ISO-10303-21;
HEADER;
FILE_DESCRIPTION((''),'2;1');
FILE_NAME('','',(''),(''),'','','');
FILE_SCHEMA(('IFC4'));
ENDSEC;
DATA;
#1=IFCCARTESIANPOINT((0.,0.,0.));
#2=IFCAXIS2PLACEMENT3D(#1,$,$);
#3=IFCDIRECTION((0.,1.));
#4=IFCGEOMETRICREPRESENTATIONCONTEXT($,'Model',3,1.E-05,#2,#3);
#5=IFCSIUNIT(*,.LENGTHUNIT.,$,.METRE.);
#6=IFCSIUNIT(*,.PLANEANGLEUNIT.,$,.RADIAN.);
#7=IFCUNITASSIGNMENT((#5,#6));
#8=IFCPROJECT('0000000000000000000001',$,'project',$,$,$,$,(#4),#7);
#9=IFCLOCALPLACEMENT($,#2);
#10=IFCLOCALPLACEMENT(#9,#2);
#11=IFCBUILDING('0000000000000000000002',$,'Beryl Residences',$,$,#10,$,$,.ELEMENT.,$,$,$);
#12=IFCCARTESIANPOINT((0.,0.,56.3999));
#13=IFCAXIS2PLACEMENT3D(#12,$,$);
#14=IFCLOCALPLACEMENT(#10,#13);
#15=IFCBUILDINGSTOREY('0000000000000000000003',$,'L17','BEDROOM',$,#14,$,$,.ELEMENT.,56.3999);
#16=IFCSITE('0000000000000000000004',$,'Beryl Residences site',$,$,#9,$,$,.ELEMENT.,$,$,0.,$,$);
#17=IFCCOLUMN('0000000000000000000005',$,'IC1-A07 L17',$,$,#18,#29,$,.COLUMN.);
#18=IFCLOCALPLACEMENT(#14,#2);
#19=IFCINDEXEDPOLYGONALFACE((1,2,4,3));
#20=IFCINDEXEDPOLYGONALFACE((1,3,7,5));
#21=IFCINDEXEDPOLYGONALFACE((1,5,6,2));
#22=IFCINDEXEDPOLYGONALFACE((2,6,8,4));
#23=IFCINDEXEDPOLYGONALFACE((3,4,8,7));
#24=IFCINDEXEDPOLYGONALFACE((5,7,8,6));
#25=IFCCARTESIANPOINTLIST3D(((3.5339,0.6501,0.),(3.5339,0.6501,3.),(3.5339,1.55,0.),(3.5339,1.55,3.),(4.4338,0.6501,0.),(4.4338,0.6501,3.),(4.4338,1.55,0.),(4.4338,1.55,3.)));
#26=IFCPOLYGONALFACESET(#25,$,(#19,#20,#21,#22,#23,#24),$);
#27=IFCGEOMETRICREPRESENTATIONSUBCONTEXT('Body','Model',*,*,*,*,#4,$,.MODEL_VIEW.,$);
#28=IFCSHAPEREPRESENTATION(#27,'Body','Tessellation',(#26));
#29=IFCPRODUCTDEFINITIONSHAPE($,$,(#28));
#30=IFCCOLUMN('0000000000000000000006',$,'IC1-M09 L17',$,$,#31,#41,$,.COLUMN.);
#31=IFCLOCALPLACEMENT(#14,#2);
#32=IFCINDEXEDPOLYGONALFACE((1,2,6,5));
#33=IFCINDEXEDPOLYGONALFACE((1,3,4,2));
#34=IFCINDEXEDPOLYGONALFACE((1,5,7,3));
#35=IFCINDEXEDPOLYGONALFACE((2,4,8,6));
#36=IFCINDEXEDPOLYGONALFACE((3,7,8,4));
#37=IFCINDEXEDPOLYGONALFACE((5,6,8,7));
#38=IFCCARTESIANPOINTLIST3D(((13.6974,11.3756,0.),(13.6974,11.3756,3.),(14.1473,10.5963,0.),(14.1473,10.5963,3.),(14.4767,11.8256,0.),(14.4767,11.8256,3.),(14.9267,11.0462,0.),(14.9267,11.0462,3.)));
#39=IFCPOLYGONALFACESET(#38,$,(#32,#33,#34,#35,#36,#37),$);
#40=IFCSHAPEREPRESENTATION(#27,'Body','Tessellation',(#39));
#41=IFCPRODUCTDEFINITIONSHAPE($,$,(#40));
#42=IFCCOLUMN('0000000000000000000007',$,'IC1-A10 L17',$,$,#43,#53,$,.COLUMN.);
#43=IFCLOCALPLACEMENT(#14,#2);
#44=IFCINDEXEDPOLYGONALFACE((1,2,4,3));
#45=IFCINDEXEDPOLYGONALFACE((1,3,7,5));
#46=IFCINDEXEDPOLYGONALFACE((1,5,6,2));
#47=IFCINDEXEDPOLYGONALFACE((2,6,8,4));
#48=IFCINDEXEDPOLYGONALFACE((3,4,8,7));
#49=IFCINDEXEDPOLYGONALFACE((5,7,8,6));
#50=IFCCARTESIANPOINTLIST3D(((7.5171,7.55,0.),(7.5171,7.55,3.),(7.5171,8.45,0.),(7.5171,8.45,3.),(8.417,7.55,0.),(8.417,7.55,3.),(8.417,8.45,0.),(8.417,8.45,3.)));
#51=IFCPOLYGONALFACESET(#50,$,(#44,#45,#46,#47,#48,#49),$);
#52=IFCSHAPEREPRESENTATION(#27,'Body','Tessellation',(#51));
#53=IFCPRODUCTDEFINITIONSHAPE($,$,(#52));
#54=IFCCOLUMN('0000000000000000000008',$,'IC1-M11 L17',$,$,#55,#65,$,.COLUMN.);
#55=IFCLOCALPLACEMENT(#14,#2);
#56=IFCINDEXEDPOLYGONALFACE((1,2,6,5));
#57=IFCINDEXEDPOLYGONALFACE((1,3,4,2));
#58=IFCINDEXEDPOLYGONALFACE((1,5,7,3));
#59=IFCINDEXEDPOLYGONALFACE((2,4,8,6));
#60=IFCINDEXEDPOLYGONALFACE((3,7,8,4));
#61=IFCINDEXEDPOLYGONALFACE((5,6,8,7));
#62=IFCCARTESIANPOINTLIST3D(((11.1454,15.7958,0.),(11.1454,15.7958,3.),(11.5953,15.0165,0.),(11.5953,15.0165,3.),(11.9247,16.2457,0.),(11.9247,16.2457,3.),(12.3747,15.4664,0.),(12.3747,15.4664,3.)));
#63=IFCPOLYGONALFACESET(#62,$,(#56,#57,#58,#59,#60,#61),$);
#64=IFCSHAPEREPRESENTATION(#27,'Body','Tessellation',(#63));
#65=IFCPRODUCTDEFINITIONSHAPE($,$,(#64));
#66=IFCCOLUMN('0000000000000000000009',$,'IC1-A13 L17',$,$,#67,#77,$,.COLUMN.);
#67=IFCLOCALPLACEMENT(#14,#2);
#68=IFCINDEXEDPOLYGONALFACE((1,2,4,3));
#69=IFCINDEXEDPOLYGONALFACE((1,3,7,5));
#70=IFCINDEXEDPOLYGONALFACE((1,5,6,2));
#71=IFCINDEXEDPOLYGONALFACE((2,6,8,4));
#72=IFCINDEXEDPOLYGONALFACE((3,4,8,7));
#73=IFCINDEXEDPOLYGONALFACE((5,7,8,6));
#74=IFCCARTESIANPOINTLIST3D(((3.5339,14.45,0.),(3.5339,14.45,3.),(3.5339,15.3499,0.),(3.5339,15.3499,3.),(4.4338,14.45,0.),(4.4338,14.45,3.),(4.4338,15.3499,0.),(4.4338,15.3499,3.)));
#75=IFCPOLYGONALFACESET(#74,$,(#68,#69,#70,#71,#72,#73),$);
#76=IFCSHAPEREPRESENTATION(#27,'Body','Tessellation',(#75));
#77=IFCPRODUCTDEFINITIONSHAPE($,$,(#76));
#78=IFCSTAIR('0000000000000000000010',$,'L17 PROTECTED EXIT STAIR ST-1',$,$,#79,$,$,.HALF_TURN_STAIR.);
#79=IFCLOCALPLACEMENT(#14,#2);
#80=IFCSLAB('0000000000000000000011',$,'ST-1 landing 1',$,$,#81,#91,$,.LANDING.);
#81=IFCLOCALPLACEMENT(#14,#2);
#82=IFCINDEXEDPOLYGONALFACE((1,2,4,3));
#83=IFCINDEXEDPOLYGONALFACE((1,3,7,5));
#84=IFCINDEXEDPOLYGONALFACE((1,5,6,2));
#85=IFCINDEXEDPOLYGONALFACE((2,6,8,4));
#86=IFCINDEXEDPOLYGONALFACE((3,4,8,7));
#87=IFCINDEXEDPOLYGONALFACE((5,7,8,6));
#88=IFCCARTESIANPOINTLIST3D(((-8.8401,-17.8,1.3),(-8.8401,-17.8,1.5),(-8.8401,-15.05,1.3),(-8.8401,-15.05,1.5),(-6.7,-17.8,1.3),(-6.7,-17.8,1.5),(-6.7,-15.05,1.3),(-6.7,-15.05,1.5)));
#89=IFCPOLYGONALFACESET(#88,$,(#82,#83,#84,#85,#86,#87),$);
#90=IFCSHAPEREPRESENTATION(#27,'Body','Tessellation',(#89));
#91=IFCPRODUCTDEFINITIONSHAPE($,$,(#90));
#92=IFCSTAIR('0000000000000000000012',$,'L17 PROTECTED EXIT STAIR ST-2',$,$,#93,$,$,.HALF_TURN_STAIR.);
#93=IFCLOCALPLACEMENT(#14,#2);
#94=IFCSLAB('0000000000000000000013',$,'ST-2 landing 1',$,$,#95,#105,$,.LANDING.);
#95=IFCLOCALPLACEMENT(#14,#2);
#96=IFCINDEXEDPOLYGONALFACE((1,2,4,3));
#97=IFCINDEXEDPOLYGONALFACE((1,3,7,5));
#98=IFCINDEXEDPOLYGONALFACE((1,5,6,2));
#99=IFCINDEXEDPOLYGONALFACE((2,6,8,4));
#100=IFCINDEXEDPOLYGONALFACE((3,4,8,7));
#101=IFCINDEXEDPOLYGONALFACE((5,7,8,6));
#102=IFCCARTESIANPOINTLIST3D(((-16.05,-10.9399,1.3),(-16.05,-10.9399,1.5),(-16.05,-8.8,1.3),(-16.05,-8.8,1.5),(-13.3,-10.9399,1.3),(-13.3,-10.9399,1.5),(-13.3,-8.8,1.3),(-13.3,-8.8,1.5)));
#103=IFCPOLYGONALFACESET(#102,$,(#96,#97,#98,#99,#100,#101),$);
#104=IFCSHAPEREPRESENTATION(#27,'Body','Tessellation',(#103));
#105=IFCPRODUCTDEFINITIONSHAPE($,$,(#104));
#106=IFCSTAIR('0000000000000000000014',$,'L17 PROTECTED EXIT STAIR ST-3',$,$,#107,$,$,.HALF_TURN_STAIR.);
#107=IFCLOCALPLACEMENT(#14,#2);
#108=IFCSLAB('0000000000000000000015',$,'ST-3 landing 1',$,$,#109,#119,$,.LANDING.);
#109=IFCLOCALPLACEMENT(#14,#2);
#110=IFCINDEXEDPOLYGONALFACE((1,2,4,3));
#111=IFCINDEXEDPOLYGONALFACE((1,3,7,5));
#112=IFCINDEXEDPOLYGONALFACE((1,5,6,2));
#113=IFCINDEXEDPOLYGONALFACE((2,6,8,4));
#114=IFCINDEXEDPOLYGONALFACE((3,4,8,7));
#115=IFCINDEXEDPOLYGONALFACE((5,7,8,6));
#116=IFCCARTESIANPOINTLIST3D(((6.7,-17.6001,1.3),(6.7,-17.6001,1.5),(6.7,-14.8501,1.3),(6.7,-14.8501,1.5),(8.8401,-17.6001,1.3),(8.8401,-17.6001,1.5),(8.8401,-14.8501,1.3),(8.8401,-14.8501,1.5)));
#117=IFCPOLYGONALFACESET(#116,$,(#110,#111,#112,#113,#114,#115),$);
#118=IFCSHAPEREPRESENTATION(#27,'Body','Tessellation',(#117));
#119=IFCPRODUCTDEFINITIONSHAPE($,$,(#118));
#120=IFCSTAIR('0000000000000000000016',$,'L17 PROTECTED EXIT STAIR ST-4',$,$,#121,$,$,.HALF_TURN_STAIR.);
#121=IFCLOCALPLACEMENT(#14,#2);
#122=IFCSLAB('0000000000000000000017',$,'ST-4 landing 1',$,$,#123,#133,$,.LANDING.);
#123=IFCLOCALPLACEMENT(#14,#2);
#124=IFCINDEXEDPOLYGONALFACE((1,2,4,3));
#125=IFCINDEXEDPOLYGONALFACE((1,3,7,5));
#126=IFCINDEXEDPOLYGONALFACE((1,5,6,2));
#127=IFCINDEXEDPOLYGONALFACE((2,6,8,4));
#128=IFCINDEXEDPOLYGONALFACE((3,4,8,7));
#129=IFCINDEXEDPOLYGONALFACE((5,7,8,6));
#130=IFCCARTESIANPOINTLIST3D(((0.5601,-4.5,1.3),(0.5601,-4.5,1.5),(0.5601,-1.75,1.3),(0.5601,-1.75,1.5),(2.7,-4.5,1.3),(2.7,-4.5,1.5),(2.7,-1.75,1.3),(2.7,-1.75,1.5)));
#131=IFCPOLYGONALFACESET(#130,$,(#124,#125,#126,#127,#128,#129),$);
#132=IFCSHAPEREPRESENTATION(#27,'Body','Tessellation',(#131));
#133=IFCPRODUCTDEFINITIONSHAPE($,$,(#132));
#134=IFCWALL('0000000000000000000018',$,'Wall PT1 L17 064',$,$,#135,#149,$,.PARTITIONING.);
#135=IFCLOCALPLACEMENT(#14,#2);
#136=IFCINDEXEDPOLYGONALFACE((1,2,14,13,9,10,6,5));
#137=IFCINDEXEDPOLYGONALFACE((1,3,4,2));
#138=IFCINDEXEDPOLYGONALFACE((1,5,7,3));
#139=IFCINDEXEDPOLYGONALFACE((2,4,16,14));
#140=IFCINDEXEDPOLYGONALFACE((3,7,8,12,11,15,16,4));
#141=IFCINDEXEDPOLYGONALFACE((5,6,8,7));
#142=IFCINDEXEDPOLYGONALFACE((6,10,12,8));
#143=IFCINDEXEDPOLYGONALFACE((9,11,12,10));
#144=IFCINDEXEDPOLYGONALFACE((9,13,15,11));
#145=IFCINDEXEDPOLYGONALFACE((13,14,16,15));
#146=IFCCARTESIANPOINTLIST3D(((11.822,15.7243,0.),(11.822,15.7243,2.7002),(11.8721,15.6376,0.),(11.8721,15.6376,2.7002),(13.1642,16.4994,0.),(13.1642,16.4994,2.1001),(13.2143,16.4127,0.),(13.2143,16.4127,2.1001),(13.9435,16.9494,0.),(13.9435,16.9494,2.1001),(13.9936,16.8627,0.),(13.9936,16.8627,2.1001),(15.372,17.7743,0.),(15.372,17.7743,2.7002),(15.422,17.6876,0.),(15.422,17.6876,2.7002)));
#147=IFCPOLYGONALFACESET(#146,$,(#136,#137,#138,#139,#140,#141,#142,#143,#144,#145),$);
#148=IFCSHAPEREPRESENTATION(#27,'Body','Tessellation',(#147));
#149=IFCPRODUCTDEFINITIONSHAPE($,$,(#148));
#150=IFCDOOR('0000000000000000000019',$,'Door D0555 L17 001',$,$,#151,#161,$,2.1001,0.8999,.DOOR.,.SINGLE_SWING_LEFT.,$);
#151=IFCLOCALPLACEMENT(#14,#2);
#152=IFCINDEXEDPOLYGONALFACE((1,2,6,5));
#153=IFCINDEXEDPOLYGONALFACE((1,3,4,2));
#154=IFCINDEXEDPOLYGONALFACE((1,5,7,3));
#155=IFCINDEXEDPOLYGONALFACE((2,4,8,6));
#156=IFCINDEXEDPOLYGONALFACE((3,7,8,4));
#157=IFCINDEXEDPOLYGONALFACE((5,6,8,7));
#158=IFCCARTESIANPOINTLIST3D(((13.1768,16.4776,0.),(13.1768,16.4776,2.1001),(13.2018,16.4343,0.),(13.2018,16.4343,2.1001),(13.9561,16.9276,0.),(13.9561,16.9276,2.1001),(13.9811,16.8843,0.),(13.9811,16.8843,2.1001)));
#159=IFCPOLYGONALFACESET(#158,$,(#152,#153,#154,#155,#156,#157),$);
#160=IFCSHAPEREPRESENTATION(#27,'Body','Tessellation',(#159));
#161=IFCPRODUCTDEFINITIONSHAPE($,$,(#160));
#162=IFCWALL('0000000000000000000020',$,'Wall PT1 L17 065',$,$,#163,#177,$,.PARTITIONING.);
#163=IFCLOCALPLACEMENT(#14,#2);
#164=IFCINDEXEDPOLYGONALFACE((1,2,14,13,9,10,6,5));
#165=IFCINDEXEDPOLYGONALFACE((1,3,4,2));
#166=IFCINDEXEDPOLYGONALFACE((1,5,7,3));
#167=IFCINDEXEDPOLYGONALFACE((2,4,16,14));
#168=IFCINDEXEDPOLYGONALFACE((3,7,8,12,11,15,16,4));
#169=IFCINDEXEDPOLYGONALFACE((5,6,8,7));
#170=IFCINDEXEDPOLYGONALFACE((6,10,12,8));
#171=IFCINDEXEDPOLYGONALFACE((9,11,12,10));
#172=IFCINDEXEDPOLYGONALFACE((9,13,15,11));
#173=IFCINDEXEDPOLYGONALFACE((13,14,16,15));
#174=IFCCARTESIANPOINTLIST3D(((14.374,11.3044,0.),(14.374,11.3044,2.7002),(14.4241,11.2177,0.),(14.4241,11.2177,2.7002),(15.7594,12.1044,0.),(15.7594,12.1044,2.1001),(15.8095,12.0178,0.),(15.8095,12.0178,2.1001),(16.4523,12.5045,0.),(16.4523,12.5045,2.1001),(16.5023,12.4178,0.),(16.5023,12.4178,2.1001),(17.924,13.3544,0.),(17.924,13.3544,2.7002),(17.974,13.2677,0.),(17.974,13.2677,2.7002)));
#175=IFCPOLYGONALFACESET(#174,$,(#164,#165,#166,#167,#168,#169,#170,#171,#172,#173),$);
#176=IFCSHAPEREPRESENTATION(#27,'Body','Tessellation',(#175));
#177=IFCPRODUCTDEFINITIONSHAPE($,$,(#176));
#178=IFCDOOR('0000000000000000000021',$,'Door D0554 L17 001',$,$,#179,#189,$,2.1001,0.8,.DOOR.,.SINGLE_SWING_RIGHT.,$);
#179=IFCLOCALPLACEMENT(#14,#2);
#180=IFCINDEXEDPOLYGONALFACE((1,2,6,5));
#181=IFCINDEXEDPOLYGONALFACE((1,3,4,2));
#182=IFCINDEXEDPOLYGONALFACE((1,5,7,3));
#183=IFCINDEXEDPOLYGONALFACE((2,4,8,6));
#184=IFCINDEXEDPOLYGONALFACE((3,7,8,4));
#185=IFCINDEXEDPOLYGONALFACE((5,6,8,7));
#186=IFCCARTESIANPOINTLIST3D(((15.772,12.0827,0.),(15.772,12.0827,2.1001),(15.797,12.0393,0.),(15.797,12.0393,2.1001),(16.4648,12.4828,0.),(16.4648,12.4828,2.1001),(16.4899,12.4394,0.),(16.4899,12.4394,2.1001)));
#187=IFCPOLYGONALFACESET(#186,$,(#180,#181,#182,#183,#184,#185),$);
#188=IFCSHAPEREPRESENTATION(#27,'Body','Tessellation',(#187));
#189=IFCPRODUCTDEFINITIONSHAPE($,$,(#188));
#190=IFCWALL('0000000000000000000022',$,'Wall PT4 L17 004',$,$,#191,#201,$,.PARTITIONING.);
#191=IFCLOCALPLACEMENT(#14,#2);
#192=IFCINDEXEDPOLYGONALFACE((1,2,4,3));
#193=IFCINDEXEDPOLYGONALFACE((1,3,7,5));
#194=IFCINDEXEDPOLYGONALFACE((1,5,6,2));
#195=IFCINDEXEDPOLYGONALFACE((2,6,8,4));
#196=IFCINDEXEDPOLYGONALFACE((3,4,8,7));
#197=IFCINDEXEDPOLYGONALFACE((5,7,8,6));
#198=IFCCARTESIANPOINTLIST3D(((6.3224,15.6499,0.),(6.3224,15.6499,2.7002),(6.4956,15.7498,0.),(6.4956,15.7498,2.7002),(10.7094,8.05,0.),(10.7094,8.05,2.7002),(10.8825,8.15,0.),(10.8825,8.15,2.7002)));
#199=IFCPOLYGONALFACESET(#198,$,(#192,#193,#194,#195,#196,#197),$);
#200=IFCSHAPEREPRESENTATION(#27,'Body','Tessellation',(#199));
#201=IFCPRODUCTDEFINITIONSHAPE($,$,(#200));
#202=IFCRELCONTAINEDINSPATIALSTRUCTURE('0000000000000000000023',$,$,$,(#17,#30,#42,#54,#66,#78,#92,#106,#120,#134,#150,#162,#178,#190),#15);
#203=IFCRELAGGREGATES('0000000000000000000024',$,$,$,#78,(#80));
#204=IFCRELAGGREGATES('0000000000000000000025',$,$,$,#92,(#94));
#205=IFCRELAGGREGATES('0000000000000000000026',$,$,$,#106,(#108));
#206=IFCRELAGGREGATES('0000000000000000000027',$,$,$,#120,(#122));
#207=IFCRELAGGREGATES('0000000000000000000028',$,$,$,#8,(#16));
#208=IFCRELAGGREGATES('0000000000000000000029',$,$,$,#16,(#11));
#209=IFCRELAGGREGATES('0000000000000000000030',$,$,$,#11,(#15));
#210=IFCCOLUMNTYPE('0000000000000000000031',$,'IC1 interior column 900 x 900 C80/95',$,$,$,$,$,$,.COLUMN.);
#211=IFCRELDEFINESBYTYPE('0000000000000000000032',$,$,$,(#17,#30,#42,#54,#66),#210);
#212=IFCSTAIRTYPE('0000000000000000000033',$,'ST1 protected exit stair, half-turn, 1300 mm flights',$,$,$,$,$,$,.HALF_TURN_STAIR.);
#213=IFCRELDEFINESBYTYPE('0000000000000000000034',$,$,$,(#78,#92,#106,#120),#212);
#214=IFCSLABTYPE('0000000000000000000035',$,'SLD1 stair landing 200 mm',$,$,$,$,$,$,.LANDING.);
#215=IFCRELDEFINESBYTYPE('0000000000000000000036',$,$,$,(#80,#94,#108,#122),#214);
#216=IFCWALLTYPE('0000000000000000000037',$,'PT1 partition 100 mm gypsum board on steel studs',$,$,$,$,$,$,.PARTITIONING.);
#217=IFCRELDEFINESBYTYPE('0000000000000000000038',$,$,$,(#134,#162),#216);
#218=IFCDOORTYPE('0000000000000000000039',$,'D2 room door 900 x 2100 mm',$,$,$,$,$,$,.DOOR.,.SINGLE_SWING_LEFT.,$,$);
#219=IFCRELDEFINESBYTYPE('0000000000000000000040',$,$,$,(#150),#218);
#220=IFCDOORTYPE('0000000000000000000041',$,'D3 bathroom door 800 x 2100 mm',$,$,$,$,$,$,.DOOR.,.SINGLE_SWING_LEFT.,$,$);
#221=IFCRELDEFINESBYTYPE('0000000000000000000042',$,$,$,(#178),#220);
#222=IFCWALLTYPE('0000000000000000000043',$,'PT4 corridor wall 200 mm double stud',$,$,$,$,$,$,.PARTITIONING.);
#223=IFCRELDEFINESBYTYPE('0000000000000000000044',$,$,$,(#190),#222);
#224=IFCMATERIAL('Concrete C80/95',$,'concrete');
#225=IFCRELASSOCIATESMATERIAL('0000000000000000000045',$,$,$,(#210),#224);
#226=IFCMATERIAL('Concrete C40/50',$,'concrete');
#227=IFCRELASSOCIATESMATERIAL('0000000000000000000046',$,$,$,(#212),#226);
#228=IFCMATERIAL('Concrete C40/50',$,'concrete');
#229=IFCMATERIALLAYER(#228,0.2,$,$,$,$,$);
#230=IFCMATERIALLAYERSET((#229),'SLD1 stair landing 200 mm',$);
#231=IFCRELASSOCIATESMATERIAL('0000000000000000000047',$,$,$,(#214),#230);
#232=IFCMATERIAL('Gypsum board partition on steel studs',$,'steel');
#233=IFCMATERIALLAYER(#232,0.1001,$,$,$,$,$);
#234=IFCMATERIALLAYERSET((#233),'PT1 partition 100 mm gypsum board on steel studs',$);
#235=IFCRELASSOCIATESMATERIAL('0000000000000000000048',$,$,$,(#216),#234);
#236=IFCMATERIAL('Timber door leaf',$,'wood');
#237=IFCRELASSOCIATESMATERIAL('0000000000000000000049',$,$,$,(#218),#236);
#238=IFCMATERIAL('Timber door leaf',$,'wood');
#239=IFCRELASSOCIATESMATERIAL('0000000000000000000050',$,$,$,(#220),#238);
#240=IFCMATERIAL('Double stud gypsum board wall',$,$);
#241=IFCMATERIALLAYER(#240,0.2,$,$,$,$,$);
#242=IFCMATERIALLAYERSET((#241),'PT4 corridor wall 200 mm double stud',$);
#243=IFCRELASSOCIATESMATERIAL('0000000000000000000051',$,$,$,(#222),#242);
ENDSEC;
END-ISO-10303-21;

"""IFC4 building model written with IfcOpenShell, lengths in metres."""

from ifc_helpers import new_model, si_unit, direction, frame, frame_2d, origin, origin_2d, place, context, subcontext, project, spatial, polyline, rectangle, outline, extrude, material, layer, layer_set, material_profile, profile_set, type_object, element, fill, aggregate, save


model = new_model("IFC4")

# Units and contexts
model_context = context("Model", 3, precision=1e-05, world=origin(), true_north=direction((0.0, 1.0)))
body_context = subcontext(model_context, "Body", "Model", "MODEL_VIEW")
ifc_project = project(units=[si_unit("LENGTHUNIT", "METRE"), si_unit("PLANEANGLEUNIT", "RADIAN")], contexts=[model_context])

# Site, building, storey
site_placement = place(None, origin())
site = spatial("IfcSite", under=ifc_project, at=site_placement, Name="Beryl Residences site", CompositionType="ELEMENT", RefElevation=0.0)
building_placement = place(site_placement, origin())
building = spatial("IfcBuilding", under=site, at=building_placement, Name="Beryl Residences", CompositionType="ELEMENT")
storey_placement = place(building_placement, frame((0.0, 0.0, 56.3999)))
storey = spatial("IfcBuildingStorey", under=building, at=storey_placement, Name="L17", Description="BEDROOM", CompositionType="ELEMENT", Elevation=56.3999)

# Columns
ifc_material_1 = material(Name="Concrete C80/95", Category="concrete")
ifc_material_profile = material_profile(ifc_material_1, rectangle(XDim=0.8999, YDim=0.8999, at=origin_2d()))
ifc_profile_set = profile_set([ifc_material_profile], Name="Concrete C80/95")
column_type = type_object("IfcColumnType", Name="IC1 interior column 900 x 900 C80/95", PredefinedType="COLUMN", material=ifc_profile_set)
for number, where, z_axis, x_axis, name in (
    (1, (3.9839, 1.1001, 0.0), (0.0, 0.0, 1.0), (1.0, 0.0, 0.0), "IC1-A07 L17"),
    (2, (14.312, 11.2109, 0.0), (0.0, 0.0, 1.0), (-0.499985, 0.866034, 0.0), "IC1-M09 L17"),
    (3, (7.967, 8.0, 0.0), (0.0, 0.0, 1.0), (1.0, 0.0, 0.0), "IC1-A10 L17"),
    (4, (11.76, 15.6311, 0.0), (0.0, 0.0, 1.0), (-0.499985, 0.866034, 0.0), "IC1-M11 L17"),
    (5, (3.9839, 14.8999, 0.0), (0.0, 0.0, 1.0), (1.0, 0.0, 0.0), "IC1-A13 L17"),
):
    element("IfcColumn", number, at=place(storey_placement, frame(where, z_axis=z_axis, x_axis=x_axis)), inside=storey, type_object=column_type, Name=name, PredefinedType="COLUMN", context=body_context, shape_type="SweptSolid", body=[
        extrude(rectangle(XDim=0.8999, YDim=0.8999, at=origin_2d()), origin(), (0.0, 0.0, 1.0), 3.0),
    ])

# Stairs, slabs
ifc_material_2 = material(Name="Concrete C40/50", Category="concrete")
stair_type = type_object("IfcStairType", Name="ST1 protected exit stair, half-turn, 1300 mm flights", PredefinedType="HALF_TURN_STAIR", material=ifc_material_2)
stair_1_placement = place(storey_placement, origin())
stair_1 = element("IfcStair", 6, at=stair_1_placement, inside=storey, type_object=stair_type, Name="L17 PROTECTED EXIT STAIR ST-1", PredefinedType="HALF_TURN_STAIR")
ifc_material_3 = material(Name="Concrete C40/50", Category="concrete")
ifc_layer_1 = layer(ifc_material_3, 0.2)
ifc_layer_set_1 = layer_set([ifc_layer_1], Name="SLD1 stair landing 200 mm")
slab_type_1 = type_object("IfcSlabType", Name="SLD1 stair landing 200 mm", PredefinedType="LANDING", material=ifc_layer_set_1)
slab_1_placement = place(storey_placement, frame((0.0, 0.0, 1.3)))
slab_1 = element("IfcSlab", 7, at=slab_1_placement, type_object=slab_type_1, Name="ST-1 landing 1", PredefinedType="LANDING", context=body_context, shape_type="SweptSolid", body=[
    extrude(outline(polyline([(-8.8401, -17.8), (-6.7, -17.8), (-6.7, -15.05), (-8.8401, -15.05), (-8.8401, -17.8)])), origin(), (0.0, 0.0, 1.0), 0.2),
])
aggregate(stair_1, [slab_1])
stair_2_placement = place(storey_placement, origin())
stair_2 = element("IfcStair", 8, at=stair_2_placement, inside=storey, type_object=stair_type, Name="L17 PROTECTED EXIT STAIR ST-2", PredefinedType="HALF_TURN_STAIR")
slab_2_placement = place(storey_placement, frame((0.0, 0.0, 1.3)))
slab_2 = element("IfcSlab", 9, at=slab_2_placement, type_object=slab_type_1, Name="ST-2 landing 1", PredefinedType="LANDING", context=body_context, shape_type="SweptSolid", body=[
    extrude(outline(polyline([(-13.3, -10.9399), (-13.3, -8.8), (-16.05, -8.8), (-16.05, -10.9399), (-13.3, -10.9399)])), origin(), (0.0, 0.0, 1.0), 0.2),
])
aggregate(stair_2, [slab_2])
stair_3_placement = place(storey_placement, origin())
stair_3 = element("IfcStair", 10, at=stair_3_placement, inside=storey, type_object=stair_type, Name="L17 PROTECTED EXIT STAIR ST-3", PredefinedType="HALF_TURN_STAIR")
slab_3_placement = place(storey_placement, frame((0.0, 0.0, 1.3)))
slab_3 = element("IfcSlab", 11, at=slab_3_placement, type_object=slab_type_1, Name="ST-3 landing 1", PredefinedType="LANDING", context=body_context, shape_type="SweptSolid", body=[
    extrude(outline(polyline([(8.8401, -14.8501), (6.7, -14.8501), (6.7, -17.6001), (8.8401, -17.6001), (8.8401, -14.8501)])), origin(), (0.0, 0.0, 1.0), 0.2),
])
aggregate(stair_3, [slab_3])
stair_4_placement = place(storey_placement, origin())
stair_4 = element("IfcStair", 12, at=stair_4_placement, inside=storey, type_object=stair_type, Name="L17 PROTECTED EXIT STAIR ST-4", PredefinedType="HALF_TURN_STAIR")
slab_4_placement = place(storey_placement, frame((0.0, 0.0, 1.3)))
slab_4 = element("IfcSlab", 13, at=slab_4_placement, type_object=slab_type_1, Name="ST-4 landing 1", PredefinedType="LANDING", context=body_context, shape_type="SweptSolid", body=[
    extrude(outline(polyline([(0.5601, -4.5), (2.7, -4.5), (2.7, -1.75), (0.5601, -1.75), (0.5601, -4.5)])), origin(), (0.0, 0.0, 1.0), 0.2),
])
aggregate(stair_4, [slab_4])

# Walls, openings, doors
ifc_material_4 = material(Name="Gypsum board partition on steel studs", Category="steel")
ifc_layer_2 = layer(ifc_material_4, 0.1001)
ifc_layer_set_2 = layer_set([ifc_layer_2], Name="PT1 partition 100 mm gypsum board on steel studs")
wall_type_1 = type_object("IfcWallType", Name="PT1 partition 100 mm gypsum board on steel studs", PredefinedType="PARTITIONING", material=ifc_layer_set_2)
wall_1_placement = place(storey_placement, frame((11.8469, 15.6809, 0.0), z_axis=(0.0, 0.0, 1.0), x_axis=(0.86598, 0.500078, 0.0)))
wall_1 = element("IfcWall", 14, at=wall_1_placement, inside=storey, type_object=wall_type_1, Name="Wall PT1 L17 064", PredefinedType="PARTITIONING", context=body_context, shape_type="SweptSolid", body=[
    extrude(rectangle(XDim=4.0994, YDim=0.1001, at=frame_2d((2.0498, 0.0))), origin(), (0.0, 0.0, 1.0), 2.7002),
])
opening_1_placement = place(wall_1_placement, frame((1.55, 0.0, 0.0)))
opening_1 = element("IfcOpeningElement", 15, at=opening_1_placement, cuts=wall_1, PredefinedType="OPENING", context=body_context, shape_type="SweptSolid", body=[
    extrude(rectangle(XDim=0.8999, YDim=2.1001, at=frame_2d((0.45, 1.05))), frame((0.0, 0.0601, 0.0), z_axis=(0.0, -1.0, 0.0), x_axis=(1.0, 0.0, 0.0)), (0.0, 0.0, 1.0), 0.1201),
])
ifc_material_5 = material(Name="Timber door leaf", Category="wood")
door_type_1 = type_object("IfcDoorType", Name="D2 room door 900 x 2100 mm", OperationType="SINGLE_SWING_LEFT", PredefinedType="DOOR", material=ifc_material_5)
door_1_placement = place(opening_1_placement, origin())
door_1 = element("IfcDoor", 16, at=door_1_placement, inside=storey, type_object=door_type_1, Name="Door D0555 L17 001", OperationType="SINGLE_SWING_LEFT", OverallHeight=2.1001, OverallWidth=0.8999, PredefinedType="DOOR", context=body_context, shape_type="SweptSolid", body=[
    extrude(rectangle(XDim=0.8999, YDim=2.1001, at=frame_2d((0.45, 1.05))), frame((0.0, 0.0249, 0.0), z_axis=(0.0, -1.0, 0.0), x_axis=(1.0, 0.0, 0.0)), (0.0, 0.0, 1.0), 0.05),
])
fill(opening_1, door_1)
wall_2_placement = place(storey_placement, frame((14.3989, 11.261, 0.0), z_axis=(0.0, 0.0, 1.0), x_axis=(0.86598, 0.500078, 0.0)))
wall_2 = element("IfcWall", 17, at=wall_2_placement, inside=storey, type_object=wall_type_1, Name="Wall PT1 L17 065", PredefinedType="PARTITIONING", context=body_context, shape_type="SweptSolid", body=[
    extrude(rectangle(XDim=4.0994, YDim=0.1001, at=frame_2d((2.0498, 0.0))), origin(), (0.0, 0.0, 1.0), 2.7002),
])
opening_2_placement = place(wall_2_placement, frame((1.6001, 0.0, 0.0)))
opening_2 = element("IfcOpeningElement", 18, at=opening_2_placement, cuts=wall_2, PredefinedType="OPENING", context=body_context, shape_type="SweptSolid", body=[
    extrude(rectangle(XDim=0.8, YDim=2.1001, at=frame_2d((0.3999, 1.05))), frame((0.0, 0.0601, 0.0), z_axis=(0.0, -1.0, 0.0), x_axis=(1.0, 0.0, 0.0)), (0.0, 0.0, 1.0), 0.1201),
])
ifc_material_6 = material(Name="Timber door leaf", Category="wood")
door_type_2 = type_object("IfcDoorType", Name="D3 bathroom door 800 x 2100 mm", OperationType="SINGLE_SWING_LEFT", PredefinedType="DOOR", material=ifc_material_6)
door_2_placement = place(opening_2_placement, origin())
door_2 = element("IfcDoor", 19, at=door_2_placement, inside=storey, type_object=door_type_2, Name="Door D0554 L17 001", OperationType="SINGLE_SWING_RIGHT", OverallHeight=2.1001, OverallWidth=0.8, PredefinedType="DOOR", context=body_context, shape_type="SweptSolid", body=[
    extrude(rectangle(XDim=0.8, YDim=2.1001, at=frame_2d((0.3999, 1.05))), frame((0.0, 0.0249, 0.0), z_axis=(0.0, -1.0, 0.0), x_axis=(1.0, 0.0, 0.0)), (0.0, 0.0, 1.0), 0.05),
])
fill(opening_2, door_2)

# Wall
ifc_material_7 = material(Name="Double stud gypsum board wall")
ifc_layer_3 = layer(ifc_material_7, 0.2)
ifc_layer_set_3 = layer_set([ifc_layer_3], Name="PT4 corridor wall 200 mm double stud")
wall_type_2 = type_object("IfcWallType", Name="PT4 corridor wall 200 mm double stud", PredefinedType="PARTITIONING", material=ifc_layer_set_3)
wall_3_placement = place(storey_placement, frame((6.4089, 15.7, 0.0), z_axis=(0.0, 0.0, 1.0), x_axis=(0.49993, -0.866066, 0.0)))
element("IfcWall", 20, at=wall_3_placement, inside=storey, type_object=wall_type_2, Name="Wall PT4 L17 004", PredefinedType="PARTITIONING", context=body_context, shape_type="SweptSolid", body=[
    extrude(rectangle(XDim=8.7751, YDim=0.2, at=frame_2d((4.3877, 0.0))), origin(), (0.0, 0.0, 1.0), 2.7002),
])

save(model, "model.ifc")
